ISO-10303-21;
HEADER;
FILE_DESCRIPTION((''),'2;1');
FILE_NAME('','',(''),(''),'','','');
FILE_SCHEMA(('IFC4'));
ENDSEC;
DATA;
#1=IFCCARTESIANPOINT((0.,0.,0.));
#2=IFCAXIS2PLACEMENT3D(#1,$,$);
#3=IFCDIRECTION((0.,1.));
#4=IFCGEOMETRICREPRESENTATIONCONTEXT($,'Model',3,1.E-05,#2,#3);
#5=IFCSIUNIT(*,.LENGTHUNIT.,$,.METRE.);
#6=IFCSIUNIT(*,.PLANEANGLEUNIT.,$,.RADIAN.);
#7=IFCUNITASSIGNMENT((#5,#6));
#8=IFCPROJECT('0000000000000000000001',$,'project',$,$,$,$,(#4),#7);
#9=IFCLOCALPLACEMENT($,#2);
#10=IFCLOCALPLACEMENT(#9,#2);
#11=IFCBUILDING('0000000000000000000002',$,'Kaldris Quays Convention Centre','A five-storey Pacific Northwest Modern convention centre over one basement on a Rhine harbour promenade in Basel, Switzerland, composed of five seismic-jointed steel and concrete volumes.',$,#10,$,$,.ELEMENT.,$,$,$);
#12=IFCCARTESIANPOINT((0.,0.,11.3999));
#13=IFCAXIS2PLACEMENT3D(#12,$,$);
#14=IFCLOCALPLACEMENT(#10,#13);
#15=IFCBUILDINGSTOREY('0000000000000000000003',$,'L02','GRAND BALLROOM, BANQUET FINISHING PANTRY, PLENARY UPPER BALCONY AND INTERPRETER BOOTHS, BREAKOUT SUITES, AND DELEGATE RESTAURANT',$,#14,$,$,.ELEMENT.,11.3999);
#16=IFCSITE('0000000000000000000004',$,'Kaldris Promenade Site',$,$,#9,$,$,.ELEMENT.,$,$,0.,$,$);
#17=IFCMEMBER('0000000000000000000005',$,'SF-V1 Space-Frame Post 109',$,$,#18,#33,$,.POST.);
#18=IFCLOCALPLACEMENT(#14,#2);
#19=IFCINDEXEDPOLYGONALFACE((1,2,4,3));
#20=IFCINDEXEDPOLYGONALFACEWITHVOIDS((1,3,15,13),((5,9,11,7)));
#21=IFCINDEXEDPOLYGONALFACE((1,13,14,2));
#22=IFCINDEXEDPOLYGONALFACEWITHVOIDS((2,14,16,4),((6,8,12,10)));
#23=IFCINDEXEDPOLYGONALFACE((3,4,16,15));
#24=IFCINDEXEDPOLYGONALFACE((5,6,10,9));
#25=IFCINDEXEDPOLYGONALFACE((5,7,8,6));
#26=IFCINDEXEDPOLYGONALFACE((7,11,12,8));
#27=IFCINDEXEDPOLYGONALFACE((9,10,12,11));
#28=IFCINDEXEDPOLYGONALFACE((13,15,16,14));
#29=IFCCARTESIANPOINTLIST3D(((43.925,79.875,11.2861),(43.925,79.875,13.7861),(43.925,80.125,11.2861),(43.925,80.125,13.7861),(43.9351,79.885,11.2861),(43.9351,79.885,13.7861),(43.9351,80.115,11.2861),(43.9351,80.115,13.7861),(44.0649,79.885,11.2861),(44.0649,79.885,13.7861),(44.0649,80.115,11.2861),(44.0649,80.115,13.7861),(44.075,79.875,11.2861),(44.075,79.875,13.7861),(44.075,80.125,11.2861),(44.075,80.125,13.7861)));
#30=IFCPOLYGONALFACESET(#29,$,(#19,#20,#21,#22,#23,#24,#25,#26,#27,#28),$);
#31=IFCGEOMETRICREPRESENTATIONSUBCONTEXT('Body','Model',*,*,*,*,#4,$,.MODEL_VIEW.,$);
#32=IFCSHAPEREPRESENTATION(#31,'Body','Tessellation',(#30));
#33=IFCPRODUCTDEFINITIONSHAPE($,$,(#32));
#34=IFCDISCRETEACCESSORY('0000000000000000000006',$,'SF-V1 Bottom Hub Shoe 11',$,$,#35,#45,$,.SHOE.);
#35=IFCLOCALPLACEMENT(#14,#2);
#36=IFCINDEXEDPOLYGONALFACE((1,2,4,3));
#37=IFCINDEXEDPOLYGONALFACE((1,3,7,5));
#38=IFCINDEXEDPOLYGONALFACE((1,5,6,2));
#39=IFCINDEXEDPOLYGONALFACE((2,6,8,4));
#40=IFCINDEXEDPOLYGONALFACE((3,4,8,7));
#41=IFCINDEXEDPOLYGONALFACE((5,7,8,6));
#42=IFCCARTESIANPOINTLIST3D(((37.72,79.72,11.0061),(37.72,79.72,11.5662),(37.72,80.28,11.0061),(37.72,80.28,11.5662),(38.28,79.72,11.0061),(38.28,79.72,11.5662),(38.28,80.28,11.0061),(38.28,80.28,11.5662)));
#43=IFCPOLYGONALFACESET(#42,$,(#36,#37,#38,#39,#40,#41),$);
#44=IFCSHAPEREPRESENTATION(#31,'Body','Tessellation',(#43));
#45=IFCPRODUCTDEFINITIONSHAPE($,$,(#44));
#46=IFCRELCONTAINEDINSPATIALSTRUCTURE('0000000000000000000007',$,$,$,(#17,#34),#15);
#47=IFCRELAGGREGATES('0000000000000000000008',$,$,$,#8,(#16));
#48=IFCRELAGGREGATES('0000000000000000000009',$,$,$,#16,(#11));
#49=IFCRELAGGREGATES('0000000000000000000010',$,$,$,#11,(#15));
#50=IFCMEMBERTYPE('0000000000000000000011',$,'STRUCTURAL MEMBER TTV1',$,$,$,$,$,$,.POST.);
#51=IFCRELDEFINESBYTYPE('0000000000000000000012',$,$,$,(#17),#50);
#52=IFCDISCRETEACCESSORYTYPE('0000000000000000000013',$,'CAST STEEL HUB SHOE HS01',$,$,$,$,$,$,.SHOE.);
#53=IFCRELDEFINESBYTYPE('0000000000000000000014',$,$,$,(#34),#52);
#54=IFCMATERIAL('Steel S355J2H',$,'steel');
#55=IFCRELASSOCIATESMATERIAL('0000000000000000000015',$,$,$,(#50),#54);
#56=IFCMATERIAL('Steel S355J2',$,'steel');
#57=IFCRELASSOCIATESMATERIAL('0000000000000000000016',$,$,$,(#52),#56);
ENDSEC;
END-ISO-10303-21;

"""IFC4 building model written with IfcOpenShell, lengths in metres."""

from ifc_helpers import new_model, si_unit, direction, frame, origin, origin_2d, place, context, subcontext, project, spatial, rectangle, hollow_rectangle, extrude, material, material_profile, profile_set, type_object, element, save


model = new_model("IFC4")

# Units and contexts
model_context = context("Model", 3, precision=1e-05, world=origin(), true_north=direction((0.0, 1.0)))
body_context = subcontext(model_context, "Body", "Model", "MODEL_VIEW")
ifc_project = project(units=[si_unit("LENGTHUNIT", "METRE"), si_unit("PLANEANGLEUNIT", "RADIAN")], contexts=[model_context])

# Site, building, storey
site_placement = place(None, origin())
site = spatial("IfcSite", under=ifc_project, at=site_placement, Name="Kaldris Promenade Site", CompositionType="ELEMENT", RefElevation=0.0)
building_placement = place(site_placement, origin())
building = spatial("IfcBuilding", under=site, at=building_placement, Name="Kaldris Quays Convention Centre", Description="A five-storey Pacific Northwest Modern convention centre over one basement on a Rhine harbour promenade in Basel, Switzerland, composed of five seismic-jointed steel and concrete volumes.", CompositionType="ELEMENT")
storey_placement = place(building_placement, frame((0.0, 0.0, 11.3999)))
storey = spatial("IfcBuildingStorey", under=building, at=storey_placement, Name="L02", Description="GRAND BALLROOM, BANQUET FINISHING PANTRY, PLENARY UPPER BALCONY AND INTERPRETER BOOTHS, BREAKOUT SUITES, AND DELEGATE RESTAURANT", CompositionType="ELEMENT", Elevation=11.3999)

# Member
ifc_material_1 = material(Name="Steel S355J2H", Category="steel")
ifc_material_profile_1 = material_profile(ifc_material_1, hollow_rectangle(XDim=0.1499, YDim=0.25, WallThickness=0.01, at=origin_2d()), Name="RHS 250x150x10")
ifc_profile_set_1 = profile_set([ifc_material_profile_1], Name="Steel S355J2H")
member_type_1 = type_object("IfcMemberType", Name="STRUCTURAL MEMBER TTV1", PredefinedType="POST", material=ifc_profile_set_1)
for number, where, z_axis, x_axis, name in (
    (1, (44.0, 80.0, 11.2861), (0.0, 0.0, 1.0), (1.0, 0.0, 0.0), "SF-V1 Space-Frame Post 109"),
):
    element("IfcMember", number, at=place(storey_placement, frame(where, z_axis=z_axis, x_axis=x_axis)), inside=storey, type_object=member_type_1, Name=name, PredefinedType="POST", context=body_context, shape_type="SweptSolid", body=[
        extrude(hollow_rectangle(XDim=0.1499, YDim=0.25, WallThickness=0.01, at=origin_2d()), origin(), (0.0, 0.0, 1.0), 2.5),
    ])

# Discrete accessory
ifc_material_2 = material(Name="Steel S355J2", Category="steel")
discrete_accessory_type = type_object("IfcDiscreteAccessoryType", Name="CAST STEEL HUB SHOE HS01", PredefinedType="SHOE", material=ifc_material_2)
discrete_accessory_placement = place(storey_placement, frame((38.0, 80.0, 11.0061), z_axis=(0.0, 0.0, 1.0), x_axis=(1.0, 0.0, 0.0)))
element("IfcDiscreteAccessory", 2, at=discrete_accessory_placement, inside=storey, type_object=discrete_accessory_type, Name="SF-V1 Bottom Hub Shoe 11", PredefinedType="SHOE", context=body_context, shape_type="SweptSolid", body=[
    extrude(rectangle(XDim=0.5601, YDim=0.5601, at=origin_2d()), origin(), (0.0, 0.0, 1.0), 0.5601),
])

save(model, "model.ifc")
